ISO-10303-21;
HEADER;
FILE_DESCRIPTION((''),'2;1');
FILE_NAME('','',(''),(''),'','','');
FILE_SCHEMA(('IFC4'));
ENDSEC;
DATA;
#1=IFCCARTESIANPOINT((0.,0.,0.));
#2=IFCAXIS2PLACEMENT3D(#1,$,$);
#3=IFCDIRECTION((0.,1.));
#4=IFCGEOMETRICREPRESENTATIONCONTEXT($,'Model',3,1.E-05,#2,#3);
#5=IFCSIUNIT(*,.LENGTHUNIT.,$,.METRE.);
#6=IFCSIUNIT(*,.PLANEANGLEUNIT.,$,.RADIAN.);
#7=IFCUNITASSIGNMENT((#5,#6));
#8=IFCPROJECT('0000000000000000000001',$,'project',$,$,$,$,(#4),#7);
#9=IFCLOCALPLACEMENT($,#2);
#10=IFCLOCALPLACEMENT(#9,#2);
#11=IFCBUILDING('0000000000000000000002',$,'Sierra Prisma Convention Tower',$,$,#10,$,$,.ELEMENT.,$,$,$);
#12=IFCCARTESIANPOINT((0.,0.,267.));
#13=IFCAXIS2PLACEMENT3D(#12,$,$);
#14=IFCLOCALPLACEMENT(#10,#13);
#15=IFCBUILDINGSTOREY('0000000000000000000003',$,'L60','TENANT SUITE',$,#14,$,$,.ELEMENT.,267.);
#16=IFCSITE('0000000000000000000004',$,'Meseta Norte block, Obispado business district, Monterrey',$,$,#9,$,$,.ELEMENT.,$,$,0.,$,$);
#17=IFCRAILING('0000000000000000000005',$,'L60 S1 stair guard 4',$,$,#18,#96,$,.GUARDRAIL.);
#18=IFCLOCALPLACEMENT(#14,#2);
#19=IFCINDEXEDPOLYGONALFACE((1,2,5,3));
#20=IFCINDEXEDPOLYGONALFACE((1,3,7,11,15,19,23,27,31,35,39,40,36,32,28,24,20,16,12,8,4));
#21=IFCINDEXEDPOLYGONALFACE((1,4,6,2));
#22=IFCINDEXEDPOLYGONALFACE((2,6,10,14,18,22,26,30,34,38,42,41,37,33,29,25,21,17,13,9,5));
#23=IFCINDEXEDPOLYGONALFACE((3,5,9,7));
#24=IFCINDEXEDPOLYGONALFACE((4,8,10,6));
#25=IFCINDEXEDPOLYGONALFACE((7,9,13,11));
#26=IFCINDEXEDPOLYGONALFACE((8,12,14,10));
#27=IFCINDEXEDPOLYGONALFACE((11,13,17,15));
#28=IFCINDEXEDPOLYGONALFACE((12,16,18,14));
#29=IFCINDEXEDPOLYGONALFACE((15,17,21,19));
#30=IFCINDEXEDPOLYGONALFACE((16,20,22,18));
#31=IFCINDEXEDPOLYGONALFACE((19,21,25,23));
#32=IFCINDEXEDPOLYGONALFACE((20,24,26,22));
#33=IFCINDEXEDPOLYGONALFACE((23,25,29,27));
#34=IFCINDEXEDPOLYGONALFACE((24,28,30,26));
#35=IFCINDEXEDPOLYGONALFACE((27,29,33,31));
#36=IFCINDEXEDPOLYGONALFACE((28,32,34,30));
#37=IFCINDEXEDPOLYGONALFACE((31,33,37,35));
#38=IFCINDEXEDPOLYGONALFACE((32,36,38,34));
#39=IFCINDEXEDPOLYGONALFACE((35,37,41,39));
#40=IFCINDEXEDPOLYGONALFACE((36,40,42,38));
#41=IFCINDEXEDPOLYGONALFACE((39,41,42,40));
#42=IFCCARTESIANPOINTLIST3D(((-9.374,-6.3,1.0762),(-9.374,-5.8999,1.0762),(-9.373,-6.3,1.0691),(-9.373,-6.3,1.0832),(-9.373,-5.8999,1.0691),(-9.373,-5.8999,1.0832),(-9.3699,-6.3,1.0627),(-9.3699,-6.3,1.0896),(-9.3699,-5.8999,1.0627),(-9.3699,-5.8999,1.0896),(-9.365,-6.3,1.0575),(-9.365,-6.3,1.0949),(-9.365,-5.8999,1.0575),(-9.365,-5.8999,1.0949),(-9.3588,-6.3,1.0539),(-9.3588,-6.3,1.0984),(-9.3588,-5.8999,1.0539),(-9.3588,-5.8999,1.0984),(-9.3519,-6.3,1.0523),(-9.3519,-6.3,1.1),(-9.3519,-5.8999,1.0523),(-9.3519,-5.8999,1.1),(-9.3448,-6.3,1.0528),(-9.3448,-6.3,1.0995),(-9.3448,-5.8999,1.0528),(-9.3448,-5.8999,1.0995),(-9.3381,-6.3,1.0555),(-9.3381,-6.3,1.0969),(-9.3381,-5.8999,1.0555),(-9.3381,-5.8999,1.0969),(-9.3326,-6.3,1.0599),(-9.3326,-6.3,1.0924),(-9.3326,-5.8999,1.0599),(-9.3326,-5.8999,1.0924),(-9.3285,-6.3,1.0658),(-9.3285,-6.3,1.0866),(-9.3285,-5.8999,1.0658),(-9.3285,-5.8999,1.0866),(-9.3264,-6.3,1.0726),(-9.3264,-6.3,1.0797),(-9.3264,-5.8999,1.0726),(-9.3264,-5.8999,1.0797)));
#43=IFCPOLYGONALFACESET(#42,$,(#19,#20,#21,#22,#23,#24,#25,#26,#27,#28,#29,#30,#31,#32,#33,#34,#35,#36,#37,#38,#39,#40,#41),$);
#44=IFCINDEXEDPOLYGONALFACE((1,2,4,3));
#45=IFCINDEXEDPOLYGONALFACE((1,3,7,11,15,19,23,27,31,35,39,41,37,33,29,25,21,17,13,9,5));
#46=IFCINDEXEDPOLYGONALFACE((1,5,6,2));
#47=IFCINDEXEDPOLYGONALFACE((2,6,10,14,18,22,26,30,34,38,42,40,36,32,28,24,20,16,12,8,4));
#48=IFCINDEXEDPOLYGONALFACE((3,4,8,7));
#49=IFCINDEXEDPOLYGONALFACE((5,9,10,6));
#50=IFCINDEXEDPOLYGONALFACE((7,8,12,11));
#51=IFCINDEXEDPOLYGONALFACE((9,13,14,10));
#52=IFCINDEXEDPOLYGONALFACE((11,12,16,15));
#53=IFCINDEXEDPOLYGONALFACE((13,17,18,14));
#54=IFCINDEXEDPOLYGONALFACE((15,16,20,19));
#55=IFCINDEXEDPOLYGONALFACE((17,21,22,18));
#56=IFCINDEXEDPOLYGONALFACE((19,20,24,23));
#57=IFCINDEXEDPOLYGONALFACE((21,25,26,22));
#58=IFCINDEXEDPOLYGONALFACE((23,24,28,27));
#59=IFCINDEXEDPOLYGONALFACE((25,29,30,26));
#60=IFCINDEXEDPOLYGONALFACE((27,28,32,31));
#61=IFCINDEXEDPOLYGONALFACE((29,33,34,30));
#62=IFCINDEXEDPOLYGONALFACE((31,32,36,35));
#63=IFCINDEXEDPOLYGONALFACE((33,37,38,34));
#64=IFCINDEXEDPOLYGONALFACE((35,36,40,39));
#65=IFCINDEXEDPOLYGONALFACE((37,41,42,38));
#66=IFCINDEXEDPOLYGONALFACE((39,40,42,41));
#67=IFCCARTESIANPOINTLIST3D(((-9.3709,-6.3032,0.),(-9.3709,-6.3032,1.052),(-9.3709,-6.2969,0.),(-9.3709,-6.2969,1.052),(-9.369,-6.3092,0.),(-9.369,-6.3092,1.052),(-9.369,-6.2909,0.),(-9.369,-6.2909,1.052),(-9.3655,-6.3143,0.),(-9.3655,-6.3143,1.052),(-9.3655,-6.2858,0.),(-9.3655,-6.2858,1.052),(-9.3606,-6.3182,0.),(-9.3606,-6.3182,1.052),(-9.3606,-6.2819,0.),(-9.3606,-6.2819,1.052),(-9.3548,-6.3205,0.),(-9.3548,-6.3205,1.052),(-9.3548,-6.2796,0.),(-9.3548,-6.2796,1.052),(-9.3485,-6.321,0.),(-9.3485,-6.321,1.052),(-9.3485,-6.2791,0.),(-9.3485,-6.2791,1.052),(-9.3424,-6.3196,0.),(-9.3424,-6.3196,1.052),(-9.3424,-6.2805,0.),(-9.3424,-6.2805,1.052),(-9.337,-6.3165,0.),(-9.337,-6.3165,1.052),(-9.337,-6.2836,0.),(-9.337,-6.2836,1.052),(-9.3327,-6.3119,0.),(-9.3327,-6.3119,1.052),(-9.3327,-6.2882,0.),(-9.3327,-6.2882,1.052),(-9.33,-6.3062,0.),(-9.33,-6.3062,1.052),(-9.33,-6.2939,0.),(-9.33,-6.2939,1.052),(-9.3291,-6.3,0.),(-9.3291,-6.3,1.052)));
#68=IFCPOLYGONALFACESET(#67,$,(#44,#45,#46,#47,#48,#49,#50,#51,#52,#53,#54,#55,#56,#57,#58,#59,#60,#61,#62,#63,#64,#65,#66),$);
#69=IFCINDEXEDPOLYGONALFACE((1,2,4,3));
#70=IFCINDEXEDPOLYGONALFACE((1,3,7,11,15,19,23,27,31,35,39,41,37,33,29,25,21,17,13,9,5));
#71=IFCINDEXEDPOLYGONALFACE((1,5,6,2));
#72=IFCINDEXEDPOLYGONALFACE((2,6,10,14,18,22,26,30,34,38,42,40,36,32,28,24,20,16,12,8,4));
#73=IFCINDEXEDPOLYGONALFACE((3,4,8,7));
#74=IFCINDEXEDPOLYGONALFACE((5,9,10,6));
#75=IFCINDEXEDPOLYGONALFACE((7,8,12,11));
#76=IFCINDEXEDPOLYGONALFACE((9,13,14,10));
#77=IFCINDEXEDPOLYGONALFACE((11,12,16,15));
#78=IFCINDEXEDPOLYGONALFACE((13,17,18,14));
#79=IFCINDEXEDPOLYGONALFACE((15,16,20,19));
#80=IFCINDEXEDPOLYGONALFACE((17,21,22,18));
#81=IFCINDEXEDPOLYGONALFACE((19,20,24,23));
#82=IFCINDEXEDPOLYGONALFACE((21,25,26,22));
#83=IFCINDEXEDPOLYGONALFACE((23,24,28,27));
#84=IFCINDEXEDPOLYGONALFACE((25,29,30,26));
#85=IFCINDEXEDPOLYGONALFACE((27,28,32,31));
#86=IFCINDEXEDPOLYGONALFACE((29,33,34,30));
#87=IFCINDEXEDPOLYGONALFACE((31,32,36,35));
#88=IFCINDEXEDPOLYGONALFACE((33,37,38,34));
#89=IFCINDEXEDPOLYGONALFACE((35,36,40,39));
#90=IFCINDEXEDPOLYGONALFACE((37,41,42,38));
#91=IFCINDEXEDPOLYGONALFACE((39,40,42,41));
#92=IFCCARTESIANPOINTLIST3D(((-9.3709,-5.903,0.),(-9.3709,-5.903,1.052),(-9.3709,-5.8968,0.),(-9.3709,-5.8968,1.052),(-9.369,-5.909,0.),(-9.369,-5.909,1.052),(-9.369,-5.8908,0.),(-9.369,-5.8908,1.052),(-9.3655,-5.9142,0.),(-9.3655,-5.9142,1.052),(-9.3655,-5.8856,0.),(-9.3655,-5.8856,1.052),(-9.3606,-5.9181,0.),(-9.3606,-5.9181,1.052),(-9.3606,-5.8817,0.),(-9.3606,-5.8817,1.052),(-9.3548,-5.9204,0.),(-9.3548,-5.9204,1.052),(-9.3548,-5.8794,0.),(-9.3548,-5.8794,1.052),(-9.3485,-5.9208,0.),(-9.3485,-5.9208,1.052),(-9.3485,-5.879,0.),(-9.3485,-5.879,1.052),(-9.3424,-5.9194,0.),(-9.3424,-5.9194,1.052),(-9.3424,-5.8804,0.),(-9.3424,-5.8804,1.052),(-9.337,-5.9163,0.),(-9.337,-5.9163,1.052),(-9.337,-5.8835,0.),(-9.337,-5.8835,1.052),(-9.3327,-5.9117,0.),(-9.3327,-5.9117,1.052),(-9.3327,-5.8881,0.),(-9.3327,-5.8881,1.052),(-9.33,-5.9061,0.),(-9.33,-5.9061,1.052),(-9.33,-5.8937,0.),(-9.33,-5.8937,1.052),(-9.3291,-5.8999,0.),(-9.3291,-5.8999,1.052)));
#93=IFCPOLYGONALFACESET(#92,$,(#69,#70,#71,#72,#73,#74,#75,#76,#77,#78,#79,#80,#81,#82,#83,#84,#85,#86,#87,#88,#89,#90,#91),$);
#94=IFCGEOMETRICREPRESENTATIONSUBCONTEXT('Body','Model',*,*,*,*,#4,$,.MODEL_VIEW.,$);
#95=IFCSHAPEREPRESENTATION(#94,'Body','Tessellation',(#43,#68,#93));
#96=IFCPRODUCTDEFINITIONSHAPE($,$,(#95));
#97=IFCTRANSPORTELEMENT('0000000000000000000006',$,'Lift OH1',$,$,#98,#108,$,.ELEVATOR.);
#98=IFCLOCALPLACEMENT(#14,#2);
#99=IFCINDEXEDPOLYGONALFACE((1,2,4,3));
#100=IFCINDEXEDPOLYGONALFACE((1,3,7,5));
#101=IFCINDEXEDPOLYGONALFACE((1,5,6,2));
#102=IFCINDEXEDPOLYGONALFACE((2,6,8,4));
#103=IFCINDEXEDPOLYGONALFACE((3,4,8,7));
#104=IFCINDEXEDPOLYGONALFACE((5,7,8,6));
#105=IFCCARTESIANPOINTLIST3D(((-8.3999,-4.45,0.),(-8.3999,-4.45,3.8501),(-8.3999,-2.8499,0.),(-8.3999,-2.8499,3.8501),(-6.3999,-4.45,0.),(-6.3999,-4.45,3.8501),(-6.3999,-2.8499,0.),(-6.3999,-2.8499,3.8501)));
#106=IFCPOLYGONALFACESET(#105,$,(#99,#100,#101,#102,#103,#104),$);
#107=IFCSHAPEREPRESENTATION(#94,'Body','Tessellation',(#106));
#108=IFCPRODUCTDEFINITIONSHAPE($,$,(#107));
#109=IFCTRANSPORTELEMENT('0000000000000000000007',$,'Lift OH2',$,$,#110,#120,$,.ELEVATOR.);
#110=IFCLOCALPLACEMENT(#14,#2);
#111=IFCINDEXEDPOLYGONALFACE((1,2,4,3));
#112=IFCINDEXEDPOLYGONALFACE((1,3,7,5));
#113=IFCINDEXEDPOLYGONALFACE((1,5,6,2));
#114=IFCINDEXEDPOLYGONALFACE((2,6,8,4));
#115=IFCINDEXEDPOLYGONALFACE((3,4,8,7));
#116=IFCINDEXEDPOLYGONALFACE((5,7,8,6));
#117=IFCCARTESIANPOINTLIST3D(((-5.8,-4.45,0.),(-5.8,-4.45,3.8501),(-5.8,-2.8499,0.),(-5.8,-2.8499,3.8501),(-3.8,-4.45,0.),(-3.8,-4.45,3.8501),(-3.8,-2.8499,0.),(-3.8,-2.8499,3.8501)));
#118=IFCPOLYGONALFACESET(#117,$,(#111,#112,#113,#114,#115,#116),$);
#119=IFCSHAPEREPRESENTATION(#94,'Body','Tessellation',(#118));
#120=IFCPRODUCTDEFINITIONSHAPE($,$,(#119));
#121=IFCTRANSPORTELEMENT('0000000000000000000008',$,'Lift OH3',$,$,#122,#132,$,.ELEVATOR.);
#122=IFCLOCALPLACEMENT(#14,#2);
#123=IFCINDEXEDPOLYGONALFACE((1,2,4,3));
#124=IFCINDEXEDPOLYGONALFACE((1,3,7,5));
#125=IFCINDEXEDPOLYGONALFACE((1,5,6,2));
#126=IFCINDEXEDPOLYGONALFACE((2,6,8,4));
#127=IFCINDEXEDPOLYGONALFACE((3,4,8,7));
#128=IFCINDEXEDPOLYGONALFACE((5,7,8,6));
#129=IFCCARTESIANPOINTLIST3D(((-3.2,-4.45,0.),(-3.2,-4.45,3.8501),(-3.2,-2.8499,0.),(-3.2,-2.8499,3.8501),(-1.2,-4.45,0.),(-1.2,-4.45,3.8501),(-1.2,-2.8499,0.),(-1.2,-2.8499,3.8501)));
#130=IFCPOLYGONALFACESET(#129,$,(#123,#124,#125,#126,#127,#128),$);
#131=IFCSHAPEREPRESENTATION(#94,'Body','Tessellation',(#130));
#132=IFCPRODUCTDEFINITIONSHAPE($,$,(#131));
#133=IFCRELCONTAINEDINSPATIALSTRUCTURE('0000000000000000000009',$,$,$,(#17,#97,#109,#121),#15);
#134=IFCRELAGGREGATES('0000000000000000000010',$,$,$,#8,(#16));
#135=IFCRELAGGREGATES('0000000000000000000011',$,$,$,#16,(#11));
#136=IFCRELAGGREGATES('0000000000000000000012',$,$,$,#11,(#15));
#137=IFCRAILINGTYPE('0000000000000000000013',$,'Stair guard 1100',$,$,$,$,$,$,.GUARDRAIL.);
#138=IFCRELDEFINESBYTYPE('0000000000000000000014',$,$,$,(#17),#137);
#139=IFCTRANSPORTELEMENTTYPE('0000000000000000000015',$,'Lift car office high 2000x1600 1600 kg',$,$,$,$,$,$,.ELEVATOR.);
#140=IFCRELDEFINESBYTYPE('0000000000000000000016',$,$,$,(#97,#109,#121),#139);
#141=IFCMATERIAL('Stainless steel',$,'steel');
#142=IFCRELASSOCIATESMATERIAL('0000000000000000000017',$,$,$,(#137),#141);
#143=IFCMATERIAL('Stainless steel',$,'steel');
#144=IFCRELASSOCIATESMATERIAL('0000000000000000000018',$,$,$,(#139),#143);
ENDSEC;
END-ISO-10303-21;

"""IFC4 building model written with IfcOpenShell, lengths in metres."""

from ifc_helpers import new_model, si_unit, direction, frame, origin, origin_2d, place, context, subcontext, project, spatial, rectangle, circle, extrude, material, type_object, element, save


model = new_model("IFC4")

# Units and contexts
model_context = context("Model", 3, precision=1e-05, world=origin(), true_north=direction((0.0, 1.0)))
body_context = subcontext(model_context, "Body", "Model", "MODEL_VIEW")
ifc_project = project(units=[si_unit("LENGTHUNIT", "METRE"), si_unit("PLANEANGLEUNIT", "RADIAN")], contexts=[model_context])

# Site, building, storey
site_placement = place(None, origin())
site = spatial("IfcSite", under=ifc_project, at=site_placement, Name="Meseta Norte block, Obispado business district, Monterrey", CompositionType="ELEMENT", RefElevation=0.0)
building_placement = place(site_placement, origin())
building = spatial("IfcBuilding", under=site, at=building_placement, Name="Sierra Prisma Convention Tower", CompositionType="ELEMENT")
storey_placement = place(building_placement, frame((0.0, 0.0, 267.0)))
storey = spatial("IfcBuildingStorey", under=building, at=storey_placement, Name="L60", Description="TENANT SUITE", CompositionType="ELEMENT", Elevation=267.0)

# Railing
ifc_material_1 = material(Name="Stainless steel", Category="steel")
railing_type_1 = type_object("IfcRailingType", Name="Stair guard 1100", PredefinedType="GUARDRAIL", material=ifc_material_1)
railing_1_placement = place(storey_placement, frame((-9.3501, -6.3, 0.0)))
element("IfcRailing", 1, at=railing_1_placement, inside=storey, type_object=railing_type_1, Name="L60 S1 stair guard 4", PredefinedType="GUARDRAIL", context=body_context, shape_type="SweptSolid", body=[
    extrude(circle(Radius=0.0239, at=origin_2d()), frame((0.0, 0.0, 1.0762), z_axis=(0.0, 1.0, 0.0), x_axis=(-1.0, 0.0, 0.0)), (0.0, 0.0, 1.0), 0.4001),
    extrude(circle(Radius=0.021, at=origin_2d()), origin(), (0.0, 0.0, 1.0), 1.052),
    extrude(circle(Radius=0.021, at=origin_2d()), frame((0.0, 0.4001, 0.0)), (0.0, 0.0, 1.0), 1.052),
])

# Transport elements
ifc_material_2 = material(Name="Stainless steel", Category="steel")
transport_element_type = type_object("IfcTransportElementType", Name="Lift car office high 2000x1600 1600 kg", PredefinedType="ELEVATOR", material=ifc_material_2)
for number, where, z_axis, x_axis, name in (
    (2, (-7.3999, -3.6499, 0.0), (0.0, 0.0, 1.0), (1.0, 0.0, 0.0), "Lift OH1"),
    (3, (-4.8, -3.6499, 0.0), (0.0, 0.0, 1.0), (1.0, 0.0, 0.0), "Lift OH2"),
    (4, (-2.2, -3.6499, 0.0), (0.0, 0.0, 1.0), (1.0, 0.0, 0.0), "Lift OH3"),
):
    element("IfcTransportElement", number, at=place(storey_placement, frame(where, z_axis=z_axis, x_axis=x_axis)), inside=storey, type_object=transport_element_type, Name=name, PredefinedType="ELEVATOR", context=body_context, shape_type="SweptSolid", body=[
        extrude(rectangle(XDim=2.0, YDim=1.6001, at=origin_2d()), origin(), (0.0, 0.0, 1.0), 3.8501),
    ])

save(model, "model.ifc")
